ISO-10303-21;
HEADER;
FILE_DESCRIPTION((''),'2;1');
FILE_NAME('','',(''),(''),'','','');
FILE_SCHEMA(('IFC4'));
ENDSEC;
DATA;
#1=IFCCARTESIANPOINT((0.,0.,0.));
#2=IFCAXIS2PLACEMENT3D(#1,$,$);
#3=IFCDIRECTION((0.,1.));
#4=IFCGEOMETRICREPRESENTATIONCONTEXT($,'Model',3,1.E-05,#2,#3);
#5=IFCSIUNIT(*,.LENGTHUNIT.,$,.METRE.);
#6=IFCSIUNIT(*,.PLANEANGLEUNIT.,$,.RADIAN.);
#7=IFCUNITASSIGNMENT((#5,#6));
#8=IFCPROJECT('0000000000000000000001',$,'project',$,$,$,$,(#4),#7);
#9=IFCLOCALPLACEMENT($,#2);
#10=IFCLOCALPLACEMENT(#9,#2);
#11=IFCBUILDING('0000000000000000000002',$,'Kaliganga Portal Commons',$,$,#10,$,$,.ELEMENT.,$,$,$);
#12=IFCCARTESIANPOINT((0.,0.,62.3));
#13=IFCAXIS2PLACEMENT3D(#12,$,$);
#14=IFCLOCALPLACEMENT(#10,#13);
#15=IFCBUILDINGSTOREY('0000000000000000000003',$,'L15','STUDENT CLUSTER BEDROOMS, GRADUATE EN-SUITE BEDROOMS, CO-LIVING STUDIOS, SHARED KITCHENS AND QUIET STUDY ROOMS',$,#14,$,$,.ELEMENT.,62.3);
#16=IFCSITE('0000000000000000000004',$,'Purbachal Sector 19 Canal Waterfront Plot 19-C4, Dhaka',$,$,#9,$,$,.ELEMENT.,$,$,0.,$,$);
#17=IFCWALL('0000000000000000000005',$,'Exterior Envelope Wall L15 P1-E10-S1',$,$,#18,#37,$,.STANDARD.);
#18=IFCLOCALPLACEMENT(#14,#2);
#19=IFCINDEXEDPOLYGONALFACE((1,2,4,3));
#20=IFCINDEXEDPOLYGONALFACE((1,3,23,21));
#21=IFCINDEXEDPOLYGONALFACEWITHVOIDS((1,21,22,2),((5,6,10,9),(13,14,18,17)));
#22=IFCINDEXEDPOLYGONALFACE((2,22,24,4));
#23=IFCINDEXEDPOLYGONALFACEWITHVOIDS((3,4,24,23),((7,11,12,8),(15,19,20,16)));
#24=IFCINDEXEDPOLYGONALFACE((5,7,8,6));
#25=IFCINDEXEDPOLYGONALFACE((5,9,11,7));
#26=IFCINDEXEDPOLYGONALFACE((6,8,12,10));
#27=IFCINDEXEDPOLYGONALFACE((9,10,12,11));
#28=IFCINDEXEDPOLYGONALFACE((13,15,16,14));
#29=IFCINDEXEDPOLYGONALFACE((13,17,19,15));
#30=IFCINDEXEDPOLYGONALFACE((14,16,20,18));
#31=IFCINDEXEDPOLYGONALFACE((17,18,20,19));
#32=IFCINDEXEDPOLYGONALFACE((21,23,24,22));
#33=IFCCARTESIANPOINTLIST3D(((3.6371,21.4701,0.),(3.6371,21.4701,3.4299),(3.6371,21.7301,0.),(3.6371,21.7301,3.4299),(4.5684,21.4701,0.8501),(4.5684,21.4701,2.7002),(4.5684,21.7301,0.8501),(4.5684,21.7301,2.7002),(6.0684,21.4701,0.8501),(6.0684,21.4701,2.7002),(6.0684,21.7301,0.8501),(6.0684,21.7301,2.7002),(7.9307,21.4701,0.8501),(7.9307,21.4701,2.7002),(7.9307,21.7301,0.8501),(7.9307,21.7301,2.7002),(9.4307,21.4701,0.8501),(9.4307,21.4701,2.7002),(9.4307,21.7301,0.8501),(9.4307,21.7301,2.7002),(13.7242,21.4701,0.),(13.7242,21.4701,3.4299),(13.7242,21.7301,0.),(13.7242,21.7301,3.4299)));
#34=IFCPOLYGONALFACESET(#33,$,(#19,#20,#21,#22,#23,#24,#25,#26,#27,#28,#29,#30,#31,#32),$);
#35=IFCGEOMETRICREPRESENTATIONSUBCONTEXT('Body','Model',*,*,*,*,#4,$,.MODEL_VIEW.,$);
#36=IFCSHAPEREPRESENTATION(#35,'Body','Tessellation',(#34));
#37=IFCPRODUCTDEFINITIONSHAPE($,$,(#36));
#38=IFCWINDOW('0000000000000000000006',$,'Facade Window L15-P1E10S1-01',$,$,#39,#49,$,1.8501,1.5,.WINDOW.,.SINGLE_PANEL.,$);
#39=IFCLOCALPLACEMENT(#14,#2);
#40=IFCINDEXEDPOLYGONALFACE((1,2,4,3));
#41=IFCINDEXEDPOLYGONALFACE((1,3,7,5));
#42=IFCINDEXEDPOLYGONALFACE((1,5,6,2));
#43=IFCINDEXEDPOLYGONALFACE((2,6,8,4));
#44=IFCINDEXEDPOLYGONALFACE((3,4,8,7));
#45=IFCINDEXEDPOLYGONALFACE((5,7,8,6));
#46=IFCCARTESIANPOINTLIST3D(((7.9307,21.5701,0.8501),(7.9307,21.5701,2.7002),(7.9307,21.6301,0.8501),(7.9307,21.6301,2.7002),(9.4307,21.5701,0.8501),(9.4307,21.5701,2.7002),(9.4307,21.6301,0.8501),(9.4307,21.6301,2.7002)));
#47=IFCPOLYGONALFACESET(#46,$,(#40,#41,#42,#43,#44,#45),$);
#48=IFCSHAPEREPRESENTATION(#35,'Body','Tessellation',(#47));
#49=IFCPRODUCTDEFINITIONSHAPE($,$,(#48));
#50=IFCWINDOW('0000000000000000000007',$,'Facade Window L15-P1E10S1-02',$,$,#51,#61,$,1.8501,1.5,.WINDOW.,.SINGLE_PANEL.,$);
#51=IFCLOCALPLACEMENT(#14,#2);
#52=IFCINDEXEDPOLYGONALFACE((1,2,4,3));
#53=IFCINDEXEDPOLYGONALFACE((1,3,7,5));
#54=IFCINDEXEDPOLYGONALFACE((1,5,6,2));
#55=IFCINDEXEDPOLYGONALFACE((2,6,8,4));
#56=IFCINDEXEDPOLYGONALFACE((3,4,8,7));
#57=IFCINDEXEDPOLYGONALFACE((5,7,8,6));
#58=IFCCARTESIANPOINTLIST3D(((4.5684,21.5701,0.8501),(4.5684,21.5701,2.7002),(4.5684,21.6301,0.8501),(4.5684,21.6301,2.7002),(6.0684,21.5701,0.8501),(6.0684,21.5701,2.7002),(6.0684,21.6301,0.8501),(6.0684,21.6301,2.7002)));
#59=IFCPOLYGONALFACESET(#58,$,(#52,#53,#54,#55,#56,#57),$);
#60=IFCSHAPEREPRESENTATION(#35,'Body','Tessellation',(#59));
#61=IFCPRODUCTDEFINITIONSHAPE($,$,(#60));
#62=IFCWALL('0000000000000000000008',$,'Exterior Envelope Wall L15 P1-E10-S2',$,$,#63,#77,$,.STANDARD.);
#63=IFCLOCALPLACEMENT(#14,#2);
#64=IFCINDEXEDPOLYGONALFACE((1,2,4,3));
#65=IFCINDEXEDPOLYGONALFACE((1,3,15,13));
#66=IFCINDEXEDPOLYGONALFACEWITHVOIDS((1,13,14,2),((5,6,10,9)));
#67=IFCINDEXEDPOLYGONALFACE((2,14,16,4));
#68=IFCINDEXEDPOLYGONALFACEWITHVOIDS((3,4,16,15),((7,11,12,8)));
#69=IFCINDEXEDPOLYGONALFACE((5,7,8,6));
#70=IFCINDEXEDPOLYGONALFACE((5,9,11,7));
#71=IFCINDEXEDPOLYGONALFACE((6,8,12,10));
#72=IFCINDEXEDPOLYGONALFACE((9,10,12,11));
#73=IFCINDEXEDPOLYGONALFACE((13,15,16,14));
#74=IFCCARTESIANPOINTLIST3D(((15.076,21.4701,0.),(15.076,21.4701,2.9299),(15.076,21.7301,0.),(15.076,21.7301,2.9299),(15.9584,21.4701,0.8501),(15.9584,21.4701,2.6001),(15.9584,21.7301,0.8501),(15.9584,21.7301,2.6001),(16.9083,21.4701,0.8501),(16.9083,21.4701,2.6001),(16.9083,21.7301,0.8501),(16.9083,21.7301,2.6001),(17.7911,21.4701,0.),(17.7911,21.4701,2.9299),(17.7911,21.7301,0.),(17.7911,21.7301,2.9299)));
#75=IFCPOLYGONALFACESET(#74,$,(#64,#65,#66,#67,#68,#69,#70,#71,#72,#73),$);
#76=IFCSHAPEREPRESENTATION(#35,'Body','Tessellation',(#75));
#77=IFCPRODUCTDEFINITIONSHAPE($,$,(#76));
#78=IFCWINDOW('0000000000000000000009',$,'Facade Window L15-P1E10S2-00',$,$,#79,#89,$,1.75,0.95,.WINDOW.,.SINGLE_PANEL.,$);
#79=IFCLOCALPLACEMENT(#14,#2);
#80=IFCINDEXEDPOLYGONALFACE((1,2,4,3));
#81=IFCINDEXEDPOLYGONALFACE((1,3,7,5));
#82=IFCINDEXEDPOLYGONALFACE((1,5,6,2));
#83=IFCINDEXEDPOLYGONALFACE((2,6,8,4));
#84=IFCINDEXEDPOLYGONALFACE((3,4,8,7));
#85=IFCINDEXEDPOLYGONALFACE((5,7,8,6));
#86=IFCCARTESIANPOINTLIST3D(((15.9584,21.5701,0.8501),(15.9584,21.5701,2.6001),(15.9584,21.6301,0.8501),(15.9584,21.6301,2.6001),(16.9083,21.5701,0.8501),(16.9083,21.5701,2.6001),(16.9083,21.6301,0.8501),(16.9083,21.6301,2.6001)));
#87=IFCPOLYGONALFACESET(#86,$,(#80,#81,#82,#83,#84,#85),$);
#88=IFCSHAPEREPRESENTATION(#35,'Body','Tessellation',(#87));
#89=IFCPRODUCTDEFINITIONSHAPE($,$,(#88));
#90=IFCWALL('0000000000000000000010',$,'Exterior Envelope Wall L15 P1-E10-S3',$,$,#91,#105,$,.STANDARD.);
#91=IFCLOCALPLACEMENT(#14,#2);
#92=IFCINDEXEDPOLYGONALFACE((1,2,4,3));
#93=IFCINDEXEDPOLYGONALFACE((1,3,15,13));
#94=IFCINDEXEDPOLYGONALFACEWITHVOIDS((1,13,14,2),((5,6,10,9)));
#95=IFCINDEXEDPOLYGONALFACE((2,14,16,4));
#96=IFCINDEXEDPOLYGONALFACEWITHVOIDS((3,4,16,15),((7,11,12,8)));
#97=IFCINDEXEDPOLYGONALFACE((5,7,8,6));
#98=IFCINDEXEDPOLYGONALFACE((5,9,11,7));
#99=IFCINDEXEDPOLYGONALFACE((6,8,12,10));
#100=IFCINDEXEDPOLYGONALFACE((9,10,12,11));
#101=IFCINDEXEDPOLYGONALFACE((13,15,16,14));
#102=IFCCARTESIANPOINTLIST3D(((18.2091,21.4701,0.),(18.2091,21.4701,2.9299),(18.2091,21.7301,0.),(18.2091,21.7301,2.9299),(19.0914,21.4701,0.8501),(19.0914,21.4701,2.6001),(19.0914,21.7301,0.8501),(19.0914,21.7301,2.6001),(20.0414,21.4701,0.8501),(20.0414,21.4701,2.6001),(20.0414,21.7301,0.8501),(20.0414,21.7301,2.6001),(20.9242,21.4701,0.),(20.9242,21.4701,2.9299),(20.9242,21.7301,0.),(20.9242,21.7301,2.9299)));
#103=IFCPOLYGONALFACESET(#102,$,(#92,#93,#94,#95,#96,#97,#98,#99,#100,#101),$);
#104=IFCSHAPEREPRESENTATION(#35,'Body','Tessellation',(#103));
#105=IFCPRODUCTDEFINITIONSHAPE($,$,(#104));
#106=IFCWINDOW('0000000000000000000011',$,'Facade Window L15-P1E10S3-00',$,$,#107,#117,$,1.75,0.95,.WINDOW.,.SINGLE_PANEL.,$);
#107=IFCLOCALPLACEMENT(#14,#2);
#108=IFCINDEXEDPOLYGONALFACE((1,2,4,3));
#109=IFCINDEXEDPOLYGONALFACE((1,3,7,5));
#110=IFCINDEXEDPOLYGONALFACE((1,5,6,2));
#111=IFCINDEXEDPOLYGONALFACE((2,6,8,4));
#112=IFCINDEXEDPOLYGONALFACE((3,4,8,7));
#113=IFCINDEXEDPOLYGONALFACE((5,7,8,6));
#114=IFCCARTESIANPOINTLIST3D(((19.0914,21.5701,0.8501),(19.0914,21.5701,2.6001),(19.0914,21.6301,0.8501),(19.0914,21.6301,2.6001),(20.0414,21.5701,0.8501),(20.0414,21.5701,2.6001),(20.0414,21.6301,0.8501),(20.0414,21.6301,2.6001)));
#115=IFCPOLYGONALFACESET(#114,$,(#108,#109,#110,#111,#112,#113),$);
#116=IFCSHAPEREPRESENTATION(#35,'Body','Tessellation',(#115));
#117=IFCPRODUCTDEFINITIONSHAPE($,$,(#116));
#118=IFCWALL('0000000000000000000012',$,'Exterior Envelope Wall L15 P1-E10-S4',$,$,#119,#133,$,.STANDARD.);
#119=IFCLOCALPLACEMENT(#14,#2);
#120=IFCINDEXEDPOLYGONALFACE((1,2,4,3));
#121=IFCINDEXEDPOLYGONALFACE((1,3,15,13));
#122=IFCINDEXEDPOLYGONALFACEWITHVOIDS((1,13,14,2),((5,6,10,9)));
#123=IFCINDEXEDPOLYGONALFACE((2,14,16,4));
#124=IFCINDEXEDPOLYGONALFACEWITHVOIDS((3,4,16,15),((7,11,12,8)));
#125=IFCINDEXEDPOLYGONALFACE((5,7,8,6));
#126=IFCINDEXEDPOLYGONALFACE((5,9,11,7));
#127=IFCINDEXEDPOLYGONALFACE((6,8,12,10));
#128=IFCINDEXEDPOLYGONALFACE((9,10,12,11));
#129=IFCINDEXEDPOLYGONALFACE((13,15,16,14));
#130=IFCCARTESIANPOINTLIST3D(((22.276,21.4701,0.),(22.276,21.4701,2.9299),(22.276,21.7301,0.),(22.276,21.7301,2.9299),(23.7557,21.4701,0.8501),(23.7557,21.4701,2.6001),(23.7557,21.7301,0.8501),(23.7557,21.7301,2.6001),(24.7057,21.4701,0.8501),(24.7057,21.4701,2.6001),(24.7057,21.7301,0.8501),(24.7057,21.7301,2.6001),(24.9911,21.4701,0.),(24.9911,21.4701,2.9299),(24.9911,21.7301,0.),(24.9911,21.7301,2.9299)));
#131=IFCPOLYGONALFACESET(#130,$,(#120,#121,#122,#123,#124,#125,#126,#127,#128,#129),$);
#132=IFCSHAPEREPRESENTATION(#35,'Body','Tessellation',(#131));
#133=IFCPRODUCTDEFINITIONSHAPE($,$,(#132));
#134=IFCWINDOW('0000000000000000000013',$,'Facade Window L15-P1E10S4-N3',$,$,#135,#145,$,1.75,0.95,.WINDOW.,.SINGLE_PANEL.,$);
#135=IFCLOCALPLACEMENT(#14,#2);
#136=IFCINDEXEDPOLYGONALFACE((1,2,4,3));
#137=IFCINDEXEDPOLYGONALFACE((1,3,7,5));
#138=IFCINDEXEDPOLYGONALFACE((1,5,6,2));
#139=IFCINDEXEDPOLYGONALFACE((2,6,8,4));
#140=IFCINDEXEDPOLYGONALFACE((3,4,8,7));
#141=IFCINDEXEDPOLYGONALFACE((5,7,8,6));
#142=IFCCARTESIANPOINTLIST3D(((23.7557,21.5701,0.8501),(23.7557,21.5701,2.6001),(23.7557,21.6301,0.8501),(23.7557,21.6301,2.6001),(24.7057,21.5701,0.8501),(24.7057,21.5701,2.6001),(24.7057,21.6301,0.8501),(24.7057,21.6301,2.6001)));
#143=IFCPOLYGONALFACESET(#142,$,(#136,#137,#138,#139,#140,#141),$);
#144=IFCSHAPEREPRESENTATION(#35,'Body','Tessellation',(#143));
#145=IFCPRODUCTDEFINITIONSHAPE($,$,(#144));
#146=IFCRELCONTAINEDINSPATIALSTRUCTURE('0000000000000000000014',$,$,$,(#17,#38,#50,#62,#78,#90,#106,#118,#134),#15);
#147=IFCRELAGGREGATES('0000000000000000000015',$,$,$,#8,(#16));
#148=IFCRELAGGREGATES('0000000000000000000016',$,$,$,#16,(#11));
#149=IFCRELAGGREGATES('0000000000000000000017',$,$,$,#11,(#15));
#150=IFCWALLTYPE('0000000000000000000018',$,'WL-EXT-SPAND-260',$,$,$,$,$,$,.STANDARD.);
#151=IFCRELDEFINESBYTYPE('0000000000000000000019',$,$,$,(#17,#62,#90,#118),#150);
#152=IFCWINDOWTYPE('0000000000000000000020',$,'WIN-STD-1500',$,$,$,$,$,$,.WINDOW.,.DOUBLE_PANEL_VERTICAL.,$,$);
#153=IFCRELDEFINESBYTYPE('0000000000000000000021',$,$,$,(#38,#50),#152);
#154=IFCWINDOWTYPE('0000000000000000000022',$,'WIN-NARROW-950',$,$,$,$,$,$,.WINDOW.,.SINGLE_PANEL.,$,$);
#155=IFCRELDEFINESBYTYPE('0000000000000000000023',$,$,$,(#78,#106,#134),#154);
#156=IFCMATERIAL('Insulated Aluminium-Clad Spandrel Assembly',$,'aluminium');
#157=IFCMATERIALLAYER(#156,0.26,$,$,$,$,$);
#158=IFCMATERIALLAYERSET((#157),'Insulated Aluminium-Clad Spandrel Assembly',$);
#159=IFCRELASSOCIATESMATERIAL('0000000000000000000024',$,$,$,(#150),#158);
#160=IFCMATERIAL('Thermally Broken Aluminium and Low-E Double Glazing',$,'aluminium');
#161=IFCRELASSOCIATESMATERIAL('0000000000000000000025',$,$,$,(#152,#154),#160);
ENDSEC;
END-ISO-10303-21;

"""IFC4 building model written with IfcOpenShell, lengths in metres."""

from ifc_helpers import new_model, si_unit, direction, frame, frame_2d, origin, place, context, subcontext, project, spatial, rectangle, extrude, material, layer, layer_set, type_object, element, fill, save


model = new_model("IFC4")

# Units and contexts
model_context = context("Model", 3, precision=1e-05, world=origin(), true_north=direction((0.0, 1.0)))
body_context = subcontext(model_context, "Body", "Model", "MODEL_VIEW")
ifc_project = project(units=[si_unit("LENGTHUNIT", "METRE"), si_unit("PLANEANGLEUNIT", "RADIAN")], contexts=[model_context])

# Site, building, storey
site_placement = place(None, origin())
site = spatial("IfcSite", under=ifc_project, at=site_placement, Name="Purbachal Sector 19 Canal Waterfront Plot 19-C4, Dhaka", CompositionType="ELEMENT", RefElevation=0.0)
building_placement = place(site_placement, origin())
building = spatial("IfcBuilding", under=site, at=building_placement, Name="Kaliganga Portal Commons", CompositionType="ELEMENT")
storey_placement = place(building_placement, frame((0.0, 0.0, 62.3)))
storey = spatial("IfcBuildingStorey", under=building, at=storey_placement, Name="L15", Description="STUDENT CLUSTER BEDROOMS, GRADUATE EN-SUITE BEDROOMS, CO-LIVING STUDIOS, SHARED KITCHENS AND QUIET STUDY ROOMS", CompositionType="ELEMENT", Elevation=62.3)

# Wall, openings, windows
ifc_material_1 = material(Name="Insulated Aluminium-Clad Spandrel Assembly", Category="aluminium")
ifc_layer_1 = layer(ifc_material_1, 0.26)
ifc_layer_set_1 = layer_set([ifc_layer_1], Name="Insulated Aluminium-Clad Spandrel Assembly")
wall_type_1 = type_object("IfcWallType", Name="WL-EXT-SPAND-260", PredefinedType="STANDARD", material=ifc_layer_set_1)
wall_1_placement = place(storey_placement, frame((13.7241, 21.6001, 0.0), z_axis=(0.0, 0.0, 1.0), x_axis=(-1.0, 0.0, 0.0)))
wall_1 = element("IfcWall", 1, at=wall_1_placement, inside=storey, type_object=wall_type_1, Name="Exterior Envelope Wall L15 P1-E10-S1", PredefinedType="STANDARD", context=body_context, shape_type="SweptSolid", body=[
    extrude(rectangle(XDim=10.0872, YDim=0.26, at=frame_2d((5.0435, 0.0))), origin(), (0.0, 0.0, 1.0), 3.4299),
])
opening_1_placement = place(wall_1_placement, frame((4.2935, 0.0, 0.8501)))
opening_1 = element("IfcOpeningElement", 2, at=opening_1_placement, cuts=wall_1, PredefinedType="OPENING", context=body_context, shape_type="SweptSolid", body=[
    extrude(rectangle(XDim=1.5, YDim=1.8501, at=frame_2d((0.75, 0.925))), frame((0.0, 0.1401, 0.0), z_axis=(0.0, -1.0, 0.0), x_axis=(1.0, 0.0, 0.0)), (0.0, 0.0, 1.0), 0.28),
])
opening_2_placement = place(wall_1_placement, frame((7.6558, 0.0, 0.8501)))
opening_2 = element("IfcOpeningElement", 3, at=opening_2_placement, cuts=wall_1, PredefinedType="OPENING", context=body_context, shape_type="SweptSolid", body=[
    extrude(rectangle(XDim=1.5, YDim=1.8501, at=frame_2d((0.75, 0.925))), frame((0.0, 0.1401, 0.0), z_axis=(0.0, -1.0, 0.0), x_axis=(1.0, 0.0, 0.0)), (0.0, 0.0, 1.0), 0.28),
])
ifc_material_2 = material(Name="Thermally Broken Aluminium and Low-E Double Glazing", Category="aluminium")
window_type_1 = type_object("IfcWindowType", Name="WIN-STD-1500", PartitioningType="DOUBLE_PANEL_VERTICAL", PredefinedType="WINDOW", material=ifc_material_2)
window_1_placement = place(opening_1_placement, origin())
window_1 = element("IfcWindow", 4, at=window_1_placement, inside=storey, type_object=window_type_1, Name="Facade Window L15-P1E10S1-01", OverallHeight=1.8501, OverallWidth=1.5, PartitioningType="SINGLE_PANEL", PredefinedType="WINDOW", context=body_context, shape_type="SweptSolid", body=[
    extrude(rectangle(XDim=1.5, YDim=1.8501, at=frame_2d((0.75, 0.925))), frame((0.0, 0.03, 0.0), z_axis=(0.0, -1.0, 0.0), x_axis=(1.0, 0.0, 0.0)), (0.0, 0.0, 1.0), 0.0601),
])
fill(opening_1, window_1)
window_2_placement = place(opening_2_placement, origin())
window_2 = element("IfcWindow", 5, at=window_2_placement, inside=storey, type_object=window_type_1, Name="Facade Window L15-P1E10S1-02", OverallHeight=1.8501, OverallWidth=1.5, PartitioningType="SINGLE_PANEL", PredefinedType="WINDOW", context=body_context, shape_type="SweptSolid", body=[
    extrude(rectangle(XDim=1.5, YDim=1.8501, at=frame_2d((0.75, 0.925))), frame((0.0, 0.03, 0.0), z_axis=(0.0, -1.0, 0.0), x_axis=(1.0, 0.0, 0.0)), (0.0, 0.0, 1.0), 0.0601),
])
fill(opening_2, window_2)

# Walls, openings, windows
wall_2_placement = place(storey_placement, frame((17.791, 21.6001, 0.0), z_axis=(0.0, 0.0, 1.0), x_axis=(-1.0, 0.0, 0.0)))
wall_2 = element("IfcWall", 6, at=wall_2_placement, inside=storey, type_object=wall_type_1, Name="Exterior Envelope Wall L15 P1-E10-S2", PredefinedType="STANDARD", context=body_context, shape_type="SweptSolid", body=[
    extrude(rectangle(XDim=2.7151, YDim=0.26, at=frame_2d((1.3574, 0.0))), origin(), (0.0, 0.0, 1.0), 2.9299),
])
opening_3_placement = place(wall_2_placement, frame((0.8826, 0.0, 0.8501)))
opening_3 = element("IfcOpeningElement", 7, at=opening_3_placement, cuts=wall_2, PredefinedType="OPENING", context=body_context, shape_type="SweptSolid", body=[
    extrude(rectangle(XDim=0.95, YDim=1.75, at=frame_2d((0.4751, 0.875))), frame((0.0, 0.1401, 0.0), z_axis=(0.0, -1.0, 0.0), x_axis=(1.0, 0.0, 0.0)), (0.0, 0.0, 1.0), 0.28),
])
window_type_2 = type_object("IfcWindowType", Name="WIN-NARROW-950", PartitioningType="SINGLE_PANEL", PredefinedType="WINDOW", material=ifc_material_2)
window_3_placement = place(opening_3_placement, origin())
window_3 = element("IfcWindow", 8, at=window_3_placement, inside=storey, type_object=window_type_2, Name="Facade Window L15-P1E10S2-00", OverallHeight=1.75, OverallWidth=0.95, PartitioningType="SINGLE_PANEL", PredefinedType="WINDOW", context=body_context, shape_type="SweptSolid", body=[
    extrude(rectangle(XDim=0.95, YDim=1.75, at=frame_2d((0.4751, 0.875))), frame((0.0, 0.03, 0.0), z_axis=(0.0, -1.0, 0.0), x_axis=(1.0, 0.0, 0.0)), (0.0, 0.0, 1.0), 0.0601),
])
fill(opening_3, window_3)
wall_3_placement = place(storey_placement, frame((20.9241, 21.6001, 0.0), z_axis=(0.0, 0.0, 1.0), x_axis=(-1.0, 0.0, 0.0)))
wall_3 = element("IfcWall", 9, at=wall_3_placement, inside=storey, type_object=wall_type_1, Name="Exterior Envelope Wall L15 P1-E10-S3", PredefinedType="STANDARD", context=body_context, shape_type="SweptSolid", body=[
    extrude(rectangle(XDim=2.7151, YDim=0.26, at=frame_2d((1.3574, 0.0))), origin(), (0.0, 0.0, 1.0), 2.9299),
])
opening_4_placement = place(wall_3_placement, frame((0.8826, 0.0, 0.8501)))
opening_4 = element("IfcOpeningElement", 10, at=opening_4_placement, cuts=wall_3, PredefinedType="OPENING", context=body_context, shape_type="SweptSolid", body=[
    extrude(rectangle(XDim=0.95, YDim=1.75, at=frame_2d((0.4751, 0.875))), frame((0.0, 0.1401, 0.0), z_axis=(0.0, -1.0, 0.0), x_axis=(1.0, 0.0, 0.0)), (0.0, 0.0, 1.0), 0.28),
])
window_4_placement = place(opening_4_placement, origin())
window_4 = element("IfcWindow", 11, at=window_4_placement, inside=storey, type_object=window_type_2, Name="Facade Window L15-P1E10S3-00", OverallHeight=1.75, OverallWidth=0.95, PartitioningType="SINGLE_PANEL", PredefinedType="WINDOW", context=body_context, shape_type="SweptSolid", body=[
    extrude(rectangle(XDim=0.95, YDim=1.75, at=frame_2d((0.4751, 0.875))), frame((0.0, 0.03, 0.0), z_axis=(0.0, -1.0, 0.0), x_axis=(1.0, 0.0, 0.0)), (0.0, 0.0, 1.0), 0.0601),
])
fill(opening_4, window_4)
wall_4_placement = place(storey_placement, frame((24.991, 21.6001, 0.0), z_axis=(0.0, 0.0, 1.0), x_axis=(-1.0, 0.0, 0.0)))
wall_4 = element("IfcWall", 12, at=wall_4_placement, inside=storey, type_object=wall_type_1, Name="Exterior Envelope Wall L15 P1-E10-S4", PredefinedType="STANDARD", context=body_context, shape_type="SweptSolid", body=[
    extrude(rectangle(XDim=2.7151, YDim=0.26, at=frame_2d((1.3574, 0.0))), origin(), (0.0, 0.0, 1.0), 2.9299),
])
opening_5_placement = place(wall_4_placement, frame((0.2852, 0.0, 0.8501)))
opening_5 = element("IfcOpeningElement", 13, at=opening_5_placement, cuts=wall_4, PredefinedType="OPENING", context=body_context, shape_type="SweptSolid", body=[
    extrude(rectangle(XDim=0.95, YDim=1.75, at=frame_2d((0.4751, 0.875))), frame((0.0, 0.1401, 0.0), z_axis=(0.0, -1.0, 0.0), x_axis=(1.0, 0.0, 0.0)), (0.0, 0.0, 1.0), 0.28),
])
window_5_placement = place(opening_5_placement, origin())
window_5 = element("IfcWindow", 14, at=window_5_placement, inside=storey, type_object=window_type_2, Name="Facade Window L15-P1E10S4-N3", OverallHeight=1.75, OverallWidth=0.95, PartitioningType="SINGLE_PANEL", PredefinedType="WINDOW", context=body_context, shape_type="SweptSolid", body=[
    extrude(rectangle(XDim=0.95, YDim=1.75, at=frame_2d((0.4751, 0.875))), frame((0.0, 0.03, 0.0), z_axis=(0.0, -1.0, 0.0), x_axis=(1.0, 0.0, 0.0)), (0.0, 0.0, 1.0), 0.0601),
])
fill(opening_5, window_5)

save(model, "model.ifc")
